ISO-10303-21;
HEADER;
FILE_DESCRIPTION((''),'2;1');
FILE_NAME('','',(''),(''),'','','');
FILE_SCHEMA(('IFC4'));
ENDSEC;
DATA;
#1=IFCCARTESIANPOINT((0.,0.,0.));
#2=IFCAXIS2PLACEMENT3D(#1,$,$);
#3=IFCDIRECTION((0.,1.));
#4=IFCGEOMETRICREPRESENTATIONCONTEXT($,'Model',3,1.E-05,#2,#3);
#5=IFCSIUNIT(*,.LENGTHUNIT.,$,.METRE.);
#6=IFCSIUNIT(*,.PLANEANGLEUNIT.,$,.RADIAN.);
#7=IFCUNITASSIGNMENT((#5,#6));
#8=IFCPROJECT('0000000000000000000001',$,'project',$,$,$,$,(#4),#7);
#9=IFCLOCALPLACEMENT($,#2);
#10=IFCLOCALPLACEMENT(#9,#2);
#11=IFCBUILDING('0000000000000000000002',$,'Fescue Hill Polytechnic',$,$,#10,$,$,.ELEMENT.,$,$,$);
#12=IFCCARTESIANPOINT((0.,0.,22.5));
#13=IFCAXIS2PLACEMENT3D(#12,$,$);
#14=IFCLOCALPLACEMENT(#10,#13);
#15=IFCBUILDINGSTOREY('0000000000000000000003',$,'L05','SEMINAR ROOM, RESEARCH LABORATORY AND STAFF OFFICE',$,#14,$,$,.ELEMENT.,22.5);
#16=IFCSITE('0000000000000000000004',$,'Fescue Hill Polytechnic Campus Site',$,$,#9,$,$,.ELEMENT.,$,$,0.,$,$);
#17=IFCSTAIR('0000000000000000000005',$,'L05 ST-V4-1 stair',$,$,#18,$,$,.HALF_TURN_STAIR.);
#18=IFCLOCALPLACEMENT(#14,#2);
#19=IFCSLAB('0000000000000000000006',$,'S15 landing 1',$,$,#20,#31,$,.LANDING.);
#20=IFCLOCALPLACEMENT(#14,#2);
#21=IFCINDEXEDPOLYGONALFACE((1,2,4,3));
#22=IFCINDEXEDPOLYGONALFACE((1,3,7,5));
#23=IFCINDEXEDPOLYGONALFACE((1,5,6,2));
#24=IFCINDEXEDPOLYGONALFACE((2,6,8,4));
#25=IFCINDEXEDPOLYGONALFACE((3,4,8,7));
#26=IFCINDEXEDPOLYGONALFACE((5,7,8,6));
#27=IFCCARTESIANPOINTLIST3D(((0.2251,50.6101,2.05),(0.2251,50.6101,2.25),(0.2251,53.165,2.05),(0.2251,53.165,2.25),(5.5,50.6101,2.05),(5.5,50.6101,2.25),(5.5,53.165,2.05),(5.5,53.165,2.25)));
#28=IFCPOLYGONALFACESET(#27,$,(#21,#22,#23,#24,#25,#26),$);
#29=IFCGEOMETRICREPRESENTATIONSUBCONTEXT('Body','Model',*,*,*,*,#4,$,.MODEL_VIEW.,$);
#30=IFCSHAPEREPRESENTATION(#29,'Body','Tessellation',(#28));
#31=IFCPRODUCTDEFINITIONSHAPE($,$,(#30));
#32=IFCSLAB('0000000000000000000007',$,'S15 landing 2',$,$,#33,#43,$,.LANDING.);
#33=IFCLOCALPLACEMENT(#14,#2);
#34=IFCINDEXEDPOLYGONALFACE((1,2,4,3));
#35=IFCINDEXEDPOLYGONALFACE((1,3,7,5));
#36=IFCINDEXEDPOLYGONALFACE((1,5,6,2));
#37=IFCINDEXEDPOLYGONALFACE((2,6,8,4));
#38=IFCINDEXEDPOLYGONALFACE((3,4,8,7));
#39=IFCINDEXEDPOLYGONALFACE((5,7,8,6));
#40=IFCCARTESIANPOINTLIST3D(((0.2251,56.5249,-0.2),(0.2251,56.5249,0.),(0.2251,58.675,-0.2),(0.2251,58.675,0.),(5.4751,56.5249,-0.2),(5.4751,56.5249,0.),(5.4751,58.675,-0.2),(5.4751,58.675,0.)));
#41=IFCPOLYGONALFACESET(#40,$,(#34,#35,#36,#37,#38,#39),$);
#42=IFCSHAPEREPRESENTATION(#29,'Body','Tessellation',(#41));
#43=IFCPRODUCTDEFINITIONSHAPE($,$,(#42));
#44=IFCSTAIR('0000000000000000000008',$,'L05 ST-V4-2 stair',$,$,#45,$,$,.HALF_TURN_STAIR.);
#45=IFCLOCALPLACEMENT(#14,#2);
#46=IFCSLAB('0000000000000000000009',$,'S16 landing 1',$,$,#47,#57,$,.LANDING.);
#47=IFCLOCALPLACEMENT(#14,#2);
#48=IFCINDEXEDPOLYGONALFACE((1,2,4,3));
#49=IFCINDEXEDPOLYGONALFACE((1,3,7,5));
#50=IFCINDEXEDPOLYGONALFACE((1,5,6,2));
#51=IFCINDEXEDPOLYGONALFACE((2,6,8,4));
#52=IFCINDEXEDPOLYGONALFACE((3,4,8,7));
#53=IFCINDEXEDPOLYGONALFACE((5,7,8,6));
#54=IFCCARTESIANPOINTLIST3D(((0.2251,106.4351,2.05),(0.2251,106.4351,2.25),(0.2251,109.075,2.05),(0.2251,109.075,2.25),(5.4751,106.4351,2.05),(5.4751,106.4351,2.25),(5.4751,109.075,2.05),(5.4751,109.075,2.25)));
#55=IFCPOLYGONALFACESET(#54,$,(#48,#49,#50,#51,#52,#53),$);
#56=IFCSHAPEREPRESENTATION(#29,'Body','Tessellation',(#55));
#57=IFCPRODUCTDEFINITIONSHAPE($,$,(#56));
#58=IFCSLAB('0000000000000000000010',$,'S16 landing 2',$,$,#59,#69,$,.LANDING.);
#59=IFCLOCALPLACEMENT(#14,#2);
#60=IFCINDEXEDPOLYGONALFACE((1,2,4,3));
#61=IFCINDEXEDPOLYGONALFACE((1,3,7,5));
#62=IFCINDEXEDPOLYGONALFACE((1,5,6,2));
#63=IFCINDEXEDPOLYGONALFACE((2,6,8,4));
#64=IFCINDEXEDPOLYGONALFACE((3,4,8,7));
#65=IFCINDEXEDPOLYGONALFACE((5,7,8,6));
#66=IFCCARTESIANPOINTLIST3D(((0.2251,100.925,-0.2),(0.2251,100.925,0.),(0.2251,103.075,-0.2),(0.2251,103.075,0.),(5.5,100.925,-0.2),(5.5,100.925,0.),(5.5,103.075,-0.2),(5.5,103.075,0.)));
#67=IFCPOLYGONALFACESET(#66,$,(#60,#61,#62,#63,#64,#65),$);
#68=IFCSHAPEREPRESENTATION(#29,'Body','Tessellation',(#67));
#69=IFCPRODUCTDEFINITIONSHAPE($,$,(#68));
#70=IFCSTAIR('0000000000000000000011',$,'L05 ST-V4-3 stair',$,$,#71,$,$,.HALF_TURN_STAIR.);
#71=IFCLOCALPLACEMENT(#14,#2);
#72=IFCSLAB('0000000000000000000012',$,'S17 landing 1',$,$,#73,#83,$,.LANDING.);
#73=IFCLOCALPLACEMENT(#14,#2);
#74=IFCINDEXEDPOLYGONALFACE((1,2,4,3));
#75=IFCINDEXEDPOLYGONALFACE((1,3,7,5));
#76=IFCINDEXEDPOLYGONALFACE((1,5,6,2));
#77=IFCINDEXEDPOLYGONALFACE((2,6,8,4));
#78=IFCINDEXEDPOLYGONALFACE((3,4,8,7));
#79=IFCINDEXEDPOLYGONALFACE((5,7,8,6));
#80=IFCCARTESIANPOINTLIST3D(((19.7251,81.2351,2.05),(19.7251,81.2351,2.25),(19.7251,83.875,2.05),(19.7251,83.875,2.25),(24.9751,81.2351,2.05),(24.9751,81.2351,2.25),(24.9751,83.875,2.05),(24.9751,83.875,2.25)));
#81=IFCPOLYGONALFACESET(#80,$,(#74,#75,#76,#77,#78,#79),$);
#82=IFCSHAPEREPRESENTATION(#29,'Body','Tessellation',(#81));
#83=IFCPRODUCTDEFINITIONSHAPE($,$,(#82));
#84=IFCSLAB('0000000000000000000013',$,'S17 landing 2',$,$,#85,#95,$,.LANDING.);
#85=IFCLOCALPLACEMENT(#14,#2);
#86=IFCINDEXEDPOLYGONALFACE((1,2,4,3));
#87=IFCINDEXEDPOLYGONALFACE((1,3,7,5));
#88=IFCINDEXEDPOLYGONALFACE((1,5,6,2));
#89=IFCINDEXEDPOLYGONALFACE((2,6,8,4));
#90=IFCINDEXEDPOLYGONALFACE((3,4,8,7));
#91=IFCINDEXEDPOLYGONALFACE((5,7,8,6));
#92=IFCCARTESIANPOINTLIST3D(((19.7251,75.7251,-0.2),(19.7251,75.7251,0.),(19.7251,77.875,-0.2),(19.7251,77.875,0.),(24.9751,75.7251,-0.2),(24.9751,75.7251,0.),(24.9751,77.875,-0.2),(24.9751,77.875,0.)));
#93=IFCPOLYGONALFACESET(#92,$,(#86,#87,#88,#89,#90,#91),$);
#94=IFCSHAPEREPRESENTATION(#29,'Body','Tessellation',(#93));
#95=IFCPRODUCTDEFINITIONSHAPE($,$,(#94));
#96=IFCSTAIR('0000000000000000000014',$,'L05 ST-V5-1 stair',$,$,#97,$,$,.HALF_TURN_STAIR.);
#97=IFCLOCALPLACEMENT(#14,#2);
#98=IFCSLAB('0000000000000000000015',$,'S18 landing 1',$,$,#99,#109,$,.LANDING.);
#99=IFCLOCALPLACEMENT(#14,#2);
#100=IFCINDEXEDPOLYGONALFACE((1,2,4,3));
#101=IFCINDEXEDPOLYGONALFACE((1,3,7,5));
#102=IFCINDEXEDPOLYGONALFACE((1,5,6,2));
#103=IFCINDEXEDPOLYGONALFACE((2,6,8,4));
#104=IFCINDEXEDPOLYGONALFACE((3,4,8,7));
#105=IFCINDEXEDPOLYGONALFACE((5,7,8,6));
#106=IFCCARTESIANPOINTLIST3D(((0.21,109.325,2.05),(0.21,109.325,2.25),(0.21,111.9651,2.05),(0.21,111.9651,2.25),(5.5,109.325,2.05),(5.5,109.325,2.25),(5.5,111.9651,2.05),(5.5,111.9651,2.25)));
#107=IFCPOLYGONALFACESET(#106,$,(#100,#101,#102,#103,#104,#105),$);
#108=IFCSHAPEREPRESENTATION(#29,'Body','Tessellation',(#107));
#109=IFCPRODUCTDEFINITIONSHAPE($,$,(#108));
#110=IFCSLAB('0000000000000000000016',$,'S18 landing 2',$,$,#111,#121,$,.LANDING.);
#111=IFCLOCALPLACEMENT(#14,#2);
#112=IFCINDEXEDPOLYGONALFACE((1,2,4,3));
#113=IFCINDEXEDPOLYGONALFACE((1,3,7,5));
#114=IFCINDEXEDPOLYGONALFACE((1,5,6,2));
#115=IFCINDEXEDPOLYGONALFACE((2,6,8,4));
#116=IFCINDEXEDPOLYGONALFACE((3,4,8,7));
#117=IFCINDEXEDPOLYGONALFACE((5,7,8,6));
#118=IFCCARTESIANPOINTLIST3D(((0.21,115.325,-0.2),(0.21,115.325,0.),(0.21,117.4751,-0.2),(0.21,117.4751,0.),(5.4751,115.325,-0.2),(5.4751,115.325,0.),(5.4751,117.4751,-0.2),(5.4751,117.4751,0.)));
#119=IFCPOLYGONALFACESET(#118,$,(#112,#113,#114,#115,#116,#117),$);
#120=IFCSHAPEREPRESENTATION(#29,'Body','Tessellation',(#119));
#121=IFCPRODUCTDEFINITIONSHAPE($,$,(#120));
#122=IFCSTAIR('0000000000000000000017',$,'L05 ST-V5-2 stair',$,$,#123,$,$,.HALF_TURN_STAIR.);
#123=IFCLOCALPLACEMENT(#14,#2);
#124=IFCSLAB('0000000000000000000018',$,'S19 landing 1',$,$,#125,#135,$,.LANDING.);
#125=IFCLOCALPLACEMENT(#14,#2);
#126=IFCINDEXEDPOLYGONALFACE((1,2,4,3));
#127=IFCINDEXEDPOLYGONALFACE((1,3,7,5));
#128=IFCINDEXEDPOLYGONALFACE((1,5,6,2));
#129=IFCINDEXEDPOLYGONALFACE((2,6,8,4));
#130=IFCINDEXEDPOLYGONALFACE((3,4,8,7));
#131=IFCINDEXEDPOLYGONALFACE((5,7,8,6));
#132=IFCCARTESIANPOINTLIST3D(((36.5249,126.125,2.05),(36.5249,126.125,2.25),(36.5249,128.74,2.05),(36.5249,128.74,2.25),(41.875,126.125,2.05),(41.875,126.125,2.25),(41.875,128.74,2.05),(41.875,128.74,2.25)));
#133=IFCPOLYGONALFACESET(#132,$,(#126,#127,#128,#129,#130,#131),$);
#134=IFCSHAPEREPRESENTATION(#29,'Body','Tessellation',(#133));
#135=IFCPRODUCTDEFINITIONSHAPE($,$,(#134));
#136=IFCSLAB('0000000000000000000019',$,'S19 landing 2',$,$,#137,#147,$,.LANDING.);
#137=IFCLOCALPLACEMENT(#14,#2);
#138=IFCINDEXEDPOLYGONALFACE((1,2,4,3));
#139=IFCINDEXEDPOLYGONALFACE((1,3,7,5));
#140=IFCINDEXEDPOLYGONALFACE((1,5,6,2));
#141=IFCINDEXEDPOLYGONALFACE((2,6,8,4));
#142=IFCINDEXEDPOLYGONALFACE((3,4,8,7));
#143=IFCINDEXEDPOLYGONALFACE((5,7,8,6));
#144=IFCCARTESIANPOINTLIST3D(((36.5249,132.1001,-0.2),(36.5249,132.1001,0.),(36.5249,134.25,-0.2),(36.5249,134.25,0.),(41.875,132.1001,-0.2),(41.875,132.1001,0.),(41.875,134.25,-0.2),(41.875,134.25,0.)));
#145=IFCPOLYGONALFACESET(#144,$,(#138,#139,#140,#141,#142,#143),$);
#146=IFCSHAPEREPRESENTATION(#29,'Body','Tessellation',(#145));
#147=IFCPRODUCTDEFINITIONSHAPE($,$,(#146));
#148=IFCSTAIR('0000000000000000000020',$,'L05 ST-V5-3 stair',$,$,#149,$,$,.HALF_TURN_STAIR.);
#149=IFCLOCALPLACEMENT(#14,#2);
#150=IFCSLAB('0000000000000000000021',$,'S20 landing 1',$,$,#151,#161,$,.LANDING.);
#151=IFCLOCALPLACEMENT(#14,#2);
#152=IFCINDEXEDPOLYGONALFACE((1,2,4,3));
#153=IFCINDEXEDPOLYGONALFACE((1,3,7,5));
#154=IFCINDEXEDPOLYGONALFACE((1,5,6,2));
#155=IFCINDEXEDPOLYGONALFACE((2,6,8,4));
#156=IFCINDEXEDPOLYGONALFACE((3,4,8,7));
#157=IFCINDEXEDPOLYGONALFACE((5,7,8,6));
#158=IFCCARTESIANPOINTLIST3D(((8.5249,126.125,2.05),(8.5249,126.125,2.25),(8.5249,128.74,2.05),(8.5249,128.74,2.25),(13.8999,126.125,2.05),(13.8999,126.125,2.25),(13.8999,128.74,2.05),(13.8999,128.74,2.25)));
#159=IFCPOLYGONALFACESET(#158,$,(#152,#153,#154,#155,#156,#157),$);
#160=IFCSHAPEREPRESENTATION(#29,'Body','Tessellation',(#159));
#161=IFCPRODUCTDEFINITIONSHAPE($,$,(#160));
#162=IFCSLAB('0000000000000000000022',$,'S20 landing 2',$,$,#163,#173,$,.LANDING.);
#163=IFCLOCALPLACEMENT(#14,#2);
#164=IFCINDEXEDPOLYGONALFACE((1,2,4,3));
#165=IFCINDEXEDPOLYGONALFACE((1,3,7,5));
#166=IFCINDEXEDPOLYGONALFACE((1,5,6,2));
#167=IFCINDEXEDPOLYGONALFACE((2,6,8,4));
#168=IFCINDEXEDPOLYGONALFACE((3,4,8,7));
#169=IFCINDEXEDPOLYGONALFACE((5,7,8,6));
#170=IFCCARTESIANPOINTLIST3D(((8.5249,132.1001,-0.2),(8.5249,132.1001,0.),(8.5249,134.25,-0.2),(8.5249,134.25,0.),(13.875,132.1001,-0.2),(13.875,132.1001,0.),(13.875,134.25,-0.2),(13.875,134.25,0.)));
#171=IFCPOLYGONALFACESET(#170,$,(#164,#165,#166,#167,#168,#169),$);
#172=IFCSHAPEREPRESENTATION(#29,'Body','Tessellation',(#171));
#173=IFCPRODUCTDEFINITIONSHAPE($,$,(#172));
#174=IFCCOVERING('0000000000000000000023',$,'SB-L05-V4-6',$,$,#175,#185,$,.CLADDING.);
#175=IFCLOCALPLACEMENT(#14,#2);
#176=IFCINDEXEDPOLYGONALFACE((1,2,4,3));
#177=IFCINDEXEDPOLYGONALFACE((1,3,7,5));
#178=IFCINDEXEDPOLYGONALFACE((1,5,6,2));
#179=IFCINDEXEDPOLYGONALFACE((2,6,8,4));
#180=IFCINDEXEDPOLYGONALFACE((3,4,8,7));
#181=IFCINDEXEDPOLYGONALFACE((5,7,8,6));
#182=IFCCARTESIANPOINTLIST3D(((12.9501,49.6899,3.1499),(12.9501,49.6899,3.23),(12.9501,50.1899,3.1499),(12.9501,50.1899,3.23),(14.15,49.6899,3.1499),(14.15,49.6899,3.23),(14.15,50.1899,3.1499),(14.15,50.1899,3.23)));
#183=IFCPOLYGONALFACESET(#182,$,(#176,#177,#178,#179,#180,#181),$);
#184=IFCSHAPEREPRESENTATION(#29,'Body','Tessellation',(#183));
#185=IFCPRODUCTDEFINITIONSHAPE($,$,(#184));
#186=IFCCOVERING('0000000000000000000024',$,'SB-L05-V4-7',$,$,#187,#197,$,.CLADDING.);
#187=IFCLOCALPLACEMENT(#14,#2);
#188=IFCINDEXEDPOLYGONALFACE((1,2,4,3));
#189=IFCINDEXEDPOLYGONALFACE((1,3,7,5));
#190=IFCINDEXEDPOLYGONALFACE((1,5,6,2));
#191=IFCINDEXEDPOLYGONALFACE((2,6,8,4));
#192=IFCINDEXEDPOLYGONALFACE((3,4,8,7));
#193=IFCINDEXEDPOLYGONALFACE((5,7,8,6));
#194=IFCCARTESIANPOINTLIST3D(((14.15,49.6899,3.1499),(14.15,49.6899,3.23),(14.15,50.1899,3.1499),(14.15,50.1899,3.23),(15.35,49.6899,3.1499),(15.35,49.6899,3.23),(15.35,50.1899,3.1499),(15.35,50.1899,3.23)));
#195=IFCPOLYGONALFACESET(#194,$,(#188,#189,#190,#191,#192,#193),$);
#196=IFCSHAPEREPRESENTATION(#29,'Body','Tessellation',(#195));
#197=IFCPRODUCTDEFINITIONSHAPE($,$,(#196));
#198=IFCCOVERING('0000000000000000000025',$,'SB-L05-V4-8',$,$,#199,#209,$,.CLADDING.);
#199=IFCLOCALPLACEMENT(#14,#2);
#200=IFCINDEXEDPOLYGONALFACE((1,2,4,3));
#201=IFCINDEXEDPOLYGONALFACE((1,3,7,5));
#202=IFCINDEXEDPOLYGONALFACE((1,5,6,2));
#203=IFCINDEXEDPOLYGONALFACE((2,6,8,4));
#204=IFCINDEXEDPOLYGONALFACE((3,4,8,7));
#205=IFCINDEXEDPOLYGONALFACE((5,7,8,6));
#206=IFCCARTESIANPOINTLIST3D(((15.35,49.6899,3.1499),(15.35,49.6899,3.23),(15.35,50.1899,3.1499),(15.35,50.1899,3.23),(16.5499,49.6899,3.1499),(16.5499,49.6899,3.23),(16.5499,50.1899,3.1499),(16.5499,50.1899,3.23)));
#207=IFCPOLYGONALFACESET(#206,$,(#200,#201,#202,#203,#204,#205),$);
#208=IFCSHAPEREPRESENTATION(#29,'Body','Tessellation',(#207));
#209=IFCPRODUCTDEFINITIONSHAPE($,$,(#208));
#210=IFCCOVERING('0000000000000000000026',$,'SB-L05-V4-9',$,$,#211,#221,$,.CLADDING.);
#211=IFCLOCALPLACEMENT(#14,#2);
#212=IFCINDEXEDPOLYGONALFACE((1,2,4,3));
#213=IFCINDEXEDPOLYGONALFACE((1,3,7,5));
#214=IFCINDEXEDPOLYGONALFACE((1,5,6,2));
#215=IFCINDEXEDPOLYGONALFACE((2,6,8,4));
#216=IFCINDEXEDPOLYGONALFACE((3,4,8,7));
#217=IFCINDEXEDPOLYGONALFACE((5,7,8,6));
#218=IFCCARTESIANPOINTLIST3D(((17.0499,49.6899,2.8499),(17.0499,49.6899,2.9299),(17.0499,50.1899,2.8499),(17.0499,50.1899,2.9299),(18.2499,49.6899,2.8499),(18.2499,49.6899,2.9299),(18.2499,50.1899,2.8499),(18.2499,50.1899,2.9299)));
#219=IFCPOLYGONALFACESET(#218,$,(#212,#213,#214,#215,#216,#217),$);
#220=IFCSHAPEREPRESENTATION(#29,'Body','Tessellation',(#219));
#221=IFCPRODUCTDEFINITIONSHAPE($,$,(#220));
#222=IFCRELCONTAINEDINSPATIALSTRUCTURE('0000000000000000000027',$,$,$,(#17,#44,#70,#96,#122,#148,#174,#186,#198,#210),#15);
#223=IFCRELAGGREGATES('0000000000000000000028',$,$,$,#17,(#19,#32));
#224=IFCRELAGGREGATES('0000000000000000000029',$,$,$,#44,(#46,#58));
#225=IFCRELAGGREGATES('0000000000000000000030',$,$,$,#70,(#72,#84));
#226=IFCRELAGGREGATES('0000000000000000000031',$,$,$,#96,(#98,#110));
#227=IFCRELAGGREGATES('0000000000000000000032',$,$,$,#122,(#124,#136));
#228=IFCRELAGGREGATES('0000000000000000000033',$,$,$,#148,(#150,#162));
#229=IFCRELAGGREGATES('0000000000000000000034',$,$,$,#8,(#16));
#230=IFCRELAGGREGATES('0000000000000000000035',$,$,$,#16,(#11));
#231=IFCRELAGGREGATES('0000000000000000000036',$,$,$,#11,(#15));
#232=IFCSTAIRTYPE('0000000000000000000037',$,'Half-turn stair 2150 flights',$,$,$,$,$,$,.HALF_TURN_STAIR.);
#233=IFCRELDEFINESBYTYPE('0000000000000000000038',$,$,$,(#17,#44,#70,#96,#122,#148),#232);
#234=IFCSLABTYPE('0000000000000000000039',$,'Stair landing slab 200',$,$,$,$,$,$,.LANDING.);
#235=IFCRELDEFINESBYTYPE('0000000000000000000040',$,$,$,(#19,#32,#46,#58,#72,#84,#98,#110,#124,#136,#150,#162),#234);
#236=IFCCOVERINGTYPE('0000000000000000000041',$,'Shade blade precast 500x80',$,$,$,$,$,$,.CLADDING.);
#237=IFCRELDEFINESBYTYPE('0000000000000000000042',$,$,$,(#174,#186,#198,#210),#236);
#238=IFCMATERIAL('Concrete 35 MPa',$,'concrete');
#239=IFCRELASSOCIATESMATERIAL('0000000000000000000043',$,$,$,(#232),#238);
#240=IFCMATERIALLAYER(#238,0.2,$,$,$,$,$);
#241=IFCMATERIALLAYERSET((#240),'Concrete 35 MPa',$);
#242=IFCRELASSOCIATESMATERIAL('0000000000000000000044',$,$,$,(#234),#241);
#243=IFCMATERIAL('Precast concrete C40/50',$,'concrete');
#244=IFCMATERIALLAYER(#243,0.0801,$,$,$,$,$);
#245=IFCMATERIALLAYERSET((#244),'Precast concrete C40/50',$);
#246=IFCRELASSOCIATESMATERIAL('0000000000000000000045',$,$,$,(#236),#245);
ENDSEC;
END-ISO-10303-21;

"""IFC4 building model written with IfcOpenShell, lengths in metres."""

from ifc_helpers import new_model, si_unit, direction, frame, origin, origin_2d, place, context, subcontext, project, spatial, polyline, rectangle, outline, extrude, material, layer, layer_set, type_object, element, aggregate, save


model = new_model("IFC4")

# Units and contexts
model_context = context("Model", 3, precision=1e-05, world=origin(), true_north=direction((0.0, 1.0)))
body_context = subcontext(model_context, "Body", "Model", "MODEL_VIEW")
ifc_project = project(units=[si_unit("LENGTHUNIT", "METRE"), si_unit("PLANEANGLEUNIT", "RADIAN")], contexts=[model_context])

# Site, building, storey
site_placement = place(None, origin())
site = spatial("IfcSite", under=ifc_project, at=site_placement, Name="Fescue Hill Polytechnic Campus Site", CompositionType="ELEMENT", RefElevation=0.0)
building_placement = place(site_placement, origin())
building = spatial("IfcBuilding", under=site, at=building_placement, Name="Fescue Hill Polytechnic", CompositionType="ELEMENT")
storey_placement = place(building_placement, frame((0.0, 0.0, 22.5)))
storey = spatial("IfcBuildingStorey", under=building, at=storey_placement, Name="L05", Description="SEMINAR ROOM, RESEARCH LABORATORY AND STAFF OFFICE", CompositionType="ELEMENT", Elevation=22.5)

# Shared definitions
ifc_material_1 = material(Name="Concrete 35 MPa", Category="concrete")

# Stairs, slabs
stair_type = type_object("IfcStairType", Name="Half-turn stair 2150 flights", PredefinedType="HALF_TURN_STAIR", material=ifc_material_1)
stair_1_placement = place(storey_placement, origin())
stair_1 = element("IfcStair", 1, at=stair_1_placement, inside=storey, type_object=stair_type, Name="L05 ST-V4-1 stair", PredefinedType="HALF_TURN_STAIR")
ifc_layer_1 = layer(ifc_material_1, 0.2)
ifc_layer_set_1 = layer_set([ifc_layer_1], Name="Concrete 35 MPa")
slab_type_1 = type_object("IfcSlabType", Name="Stair landing slab 200", PredefinedType="LANDING", material=ifc_layer_set_1)
slab_1_placement = place(storey_placement, frame((0.0, 0.0, 2.05)))
slab_1 = element("IfcSlab", 2, at=slab_1_placement, type_object=slab_type_1, Name="S15 landing 1", PredefinedType="LANDING", context=body_context, shape_type="SweptSolid", body=[
    extrude(outline(polyline([(0.2251, 50.6101), (5.5, 50.6101), (5.5, 53.165), (0.2251, 53.165), (0.2251, 50.6101)])), origin(), (0.0, 0.0, 1.0), 0.2),
])
slab_2_placement = place(storey_placement, frame((0.0, 0.0, -0.2)))
slab_2 = element("IfcSlab", 3, at=slab_2_placement, type_object=slab_type_1, Name="S15 landing 2", PredefinedType="LANDING", context=body_context, shape_type="SweptSolid", body=[
    extrude(outline(polyline([(0.2251, 56.5249), (5.4751, 56.5249), (5.4751, 58.675), (0.2251, 58.675), (0.2251, 56.5249)])), origin(), (0.0, 0.0, 1.0), 0.2),
])
aggregate(stair_1, [slab_1, slab_2])
stair_2_placement = place(storey_placement, origin())
stair_2 = element("IfcStair", 4, at=stair_2_placement, inside=storey, type_object=stair_type, Name="L05 ST-V4-2 stair", PredefinedType="HALF_TURN_STAIR")
slab_3_placement = place(storey_placement, frame((0.0, 0.0, 2.05)))
slab_3 = element("IfcSlab", 5, at=slab_3_placement, type_object=slab_type_1, Name="S16 landing 1", PredefinedType="LANDING", context=body_context, shape_type="SweptSolid", body=[
    extrude(outline(polyline([(0.2251, 106.4351), (5.4751, 106.4351), (5.4751, 109.075), (0.2251, 109.075), (0.2251, 106.4351)])), origin(), (0.0, 0.0, 1.0), 0.2),
])
slab_4_placement = place(storey_placement, frame((0.0, 0.0, -0.2)))
slab_4 = element("IfcSlab", 6, at=slab_4_placement, type_object=slab_type_1, Name="S16 landing 2", PredefinedType="LANDING", context=body_context, shape_type="SweptSolid", body=[
    extrude(outline(polyline([(0.2251, 100.925), (5.5, 100.925), (5.5, 103.075), (0.2251, 103.075), (0.2251, 100.925)])), origin(), (0.0, 0.0, 1.0), 0.2),
])
aggregate(stair_2, [slab_3, slab_4])
stair_3_placement = place(storey_placement, origin())
stair_3 = element("IfcStair", 7, at=stair_3_placement, inside=storey, type_object=stair_type, Name="L05 ST-V4-3 stair", PredefinedType="HALF_TURN_STAIR")
slab_5_placement = place(storey_placement, frame((0.0, 0.0, 2.05)))
slab_5 = element("IfcSlab", 8, at=slab_5_placement, type_object=slab_type_1, Name="S17 landing 1", PredefinedType="LANDING", context=body_context, shape_type="SweptSolid", body=[
    extrude(outline(polyline([(19.7251, 81.2351), (24.9751, 81.2351), (24.9751, 83.875), (19.7251, 83.875), (19.7251, 81.2351)])), origin(), (0.0, 0.0, 1.0), 0.2),
])
slab_6_placement = place(storey_placement, frame((0.0, 0.0, -0.2)))
slab_6 = element("IfcSlab", 9, at=slab_6_placement, type_object=slab_type_1, Name="S17 landing 2", PredefinedType="LANDING", context=body_context, shape_type="SweptSolid", body=[
    extrude(outline(polyline([(19.7251, 75.7251), (24.9751, 75.7251), (24.9751, 77.875), (19.7251, 77.875), (19.7251, 75.7251)])), origin(), (0.0, 0.0, 1.0), 0.2),
])
aggregate(stair_3, [slab_5, slab_6])
stair_4_placement = place(storey_placement, origin())
stair_4 = element("IfcStair", 10, at=stair_4_placement, inside=storey, type_object=stair_type, Name="L05 ST-V5-1 stair", PredefinedType="HALF_TURN_STAIR")
slab_7_placement = place(storey_placement, frame((0.0, 0.0, 2.05)))
slab_7 = element("IfcSlab", 11, at=slab_7_placement, type_object=slab_type_1, Name="S18 landing 1", PredefinedType="LANDING", context=body_context, shape_type="SweptSolid", body=[
    extrude(outline(polyline([(0.21, 109.325), (5.5, 109.325), (5.5, 111.9651), (0.21, 111.9651), (0.21, 109.325)])), origin(), (0.0, 0.0, 1.0), 0.2),
])
slab_8_placement = place(storey_placement, frame((0.0, 0.0, -0.2)))
slab_8 = element("IfcSlab", 12, at=slab_8_placement, type_object=slab_type_1, Name="S18 landing 2", PredefinedType="LANDING", context=body_context, shape_type="SweptSolid", body=[
    extrude(outline(polyline([(0.21, 115.325), (5.4751, 115.325), (5.4751, 117.4751), (0.21, 117.4751), (0.21, 115.325)])), origin(), (0.0, 0.0, 1.0), 0.2),
])
aggregate(stair_4, [slab_7, slab_8])
stair_5_placement = place(storey_placement, origin())
stair_5 = element("IfcStair", 13, at=stair_5_placement, inside=storey, type_object=stair_type, Name="L05 ST-V5-2 stair", PredefinedType="HALF_TURN_STAIR")
slab_9_placement = place(storey_placement, frame((0.0, 0.0, 2.05)))
slab_9 = element("IfcSlab", 14, at=slab_9_placement, type_object=slab_type_1, Name="S19 landing 1", PredefinedType="LANDING", context=body_context, shape_type="SweptSolid", body=[
    extrude(outline(polyline([(36.5249, 126.125), (41.875, 126.125), (41.875, 128.74), (36.5249, 128.74), (36.5249, 126.125)])), origin(), (0.0, 0.0, 1.0), 0.2),
])
slab_10_placement = place(storey_placement, frame((0.0, 0.0, -0.2)))
slab_10 = element("IfcSlab", 15, at=slab_10_placement, type_object=slab_type_1, Name="S19 landing 2", PredefinedType="LANDING", context=body_context, shape_type="SweptSolid", body=[
    extrude(outline(polyline([(36.5249, 132.1001), (41.875, 132.1001), (41.875, 134.25), (36.5249, 134.25), (36.5249, 132.1001)])), origin(), (0.0, 0.0, 1.0), 0.2),
])
aggregate(stair_5, [slab_9, slab_10])
stair_6_placement = place(storey_placement, origin())
stair_6 = element("IfcStair", 16, at=stair_6_placement, inside=storey, type_object=stair_type, Name="L05 ST-V5-3 stair", PredefinedType="HALF_TURN_STAIR")
slab_11_placement = place(storey_placement, frame((0.0, 0.0, 2.05)))
slab_11 = element("IfcSlab", 17, at=slab_11_placement, type_object=slab_type_1, Name="S20 landing 1", PredefinedType="LANDING", context=body_context, shape_type="SweptSolid", body=[
    extrude(outline(polyline([(8.5249, 126.125), (13.8999, 126.125), (13.8999, 128.74), (8.5249, 128.74), (8.5249, 126.125)])), origin(), (0.0, 0.0, 1.0), 0.2),
])
slab_12_placement = place(storey_placement, frame((0.0, 0.0, -0.2)))
slab_12 = element("IfcSlab", 18, at=slab_12_placement, type_object=slab_type_1, Name="S20 landing 2", PredefinedType="LANDING", context=body_context, shape_type="SweptSolid", body=[
    extrude(outline(polyline([(8.5249, 132.1001), (13.875, 132.1001), (13.875, 134.25), (8.5249, 134.25), (8.5249, 132.1001)])), origin(), (0.0, 0.0, 1.0), 0.2),
])
aggregate(stair_6, [slab_11, slab_12])

# Coverings
ifc_material_2 = material(Name="Precast concrete C40/50", Category="concrete")
ifc_layer_2 = layer(ifc_material_2, 0.0801)
ifc_layer_set_2 = layer_set([ifc_layer_2], Name="Precast concrete C40/50")
covering_type = type_object("IfcCoveringType", Name="Shade blade precast 500x80", PredefinedType="CLADDING", material=ifc_layer_set_2)
for number, where, z_axis, x_axis, name in (
    (19, (13.55, 49.9399, 3.1499), (0.0, 0.0, 1.0), (1.0, 0.0, 0.0), "SB-L05-V4-6"),
    (20, (14.75, 49.9399, 3.1499), (0.0, 0.0, 1.0), (1.0, 0.0, 0.0), "SB-L05-V4-7"),
    (21, (15.95, 49.9399, 3.1499), (0.0, 0.0, 1.0), (1.0, 0.0, 0.0), "SB-L05-V4-8"),
    (22, (17.6499, 49.9399, 2.8499), (0.0, 0.0, 1.0), (1.0, 0.0, 0.0), "SB-L05-V4-9"),
):
    element("IfcCovering", number, at=place(storey_placement, frame(where, z_axis=z_axis, x_axis=x_axis)), inside=storey, type_object=covering_type, Name=name, PredefinedType="CLADDING", context=body_context, shape_type="SweptSolid", body=[
        extrude(rectangle(XDim=1.2, YDim=0.5, at=origin_2d()), origin(), (0.0, 0.0, 1.0), 0.0801),
    ])

save(model, "model.ifc")
